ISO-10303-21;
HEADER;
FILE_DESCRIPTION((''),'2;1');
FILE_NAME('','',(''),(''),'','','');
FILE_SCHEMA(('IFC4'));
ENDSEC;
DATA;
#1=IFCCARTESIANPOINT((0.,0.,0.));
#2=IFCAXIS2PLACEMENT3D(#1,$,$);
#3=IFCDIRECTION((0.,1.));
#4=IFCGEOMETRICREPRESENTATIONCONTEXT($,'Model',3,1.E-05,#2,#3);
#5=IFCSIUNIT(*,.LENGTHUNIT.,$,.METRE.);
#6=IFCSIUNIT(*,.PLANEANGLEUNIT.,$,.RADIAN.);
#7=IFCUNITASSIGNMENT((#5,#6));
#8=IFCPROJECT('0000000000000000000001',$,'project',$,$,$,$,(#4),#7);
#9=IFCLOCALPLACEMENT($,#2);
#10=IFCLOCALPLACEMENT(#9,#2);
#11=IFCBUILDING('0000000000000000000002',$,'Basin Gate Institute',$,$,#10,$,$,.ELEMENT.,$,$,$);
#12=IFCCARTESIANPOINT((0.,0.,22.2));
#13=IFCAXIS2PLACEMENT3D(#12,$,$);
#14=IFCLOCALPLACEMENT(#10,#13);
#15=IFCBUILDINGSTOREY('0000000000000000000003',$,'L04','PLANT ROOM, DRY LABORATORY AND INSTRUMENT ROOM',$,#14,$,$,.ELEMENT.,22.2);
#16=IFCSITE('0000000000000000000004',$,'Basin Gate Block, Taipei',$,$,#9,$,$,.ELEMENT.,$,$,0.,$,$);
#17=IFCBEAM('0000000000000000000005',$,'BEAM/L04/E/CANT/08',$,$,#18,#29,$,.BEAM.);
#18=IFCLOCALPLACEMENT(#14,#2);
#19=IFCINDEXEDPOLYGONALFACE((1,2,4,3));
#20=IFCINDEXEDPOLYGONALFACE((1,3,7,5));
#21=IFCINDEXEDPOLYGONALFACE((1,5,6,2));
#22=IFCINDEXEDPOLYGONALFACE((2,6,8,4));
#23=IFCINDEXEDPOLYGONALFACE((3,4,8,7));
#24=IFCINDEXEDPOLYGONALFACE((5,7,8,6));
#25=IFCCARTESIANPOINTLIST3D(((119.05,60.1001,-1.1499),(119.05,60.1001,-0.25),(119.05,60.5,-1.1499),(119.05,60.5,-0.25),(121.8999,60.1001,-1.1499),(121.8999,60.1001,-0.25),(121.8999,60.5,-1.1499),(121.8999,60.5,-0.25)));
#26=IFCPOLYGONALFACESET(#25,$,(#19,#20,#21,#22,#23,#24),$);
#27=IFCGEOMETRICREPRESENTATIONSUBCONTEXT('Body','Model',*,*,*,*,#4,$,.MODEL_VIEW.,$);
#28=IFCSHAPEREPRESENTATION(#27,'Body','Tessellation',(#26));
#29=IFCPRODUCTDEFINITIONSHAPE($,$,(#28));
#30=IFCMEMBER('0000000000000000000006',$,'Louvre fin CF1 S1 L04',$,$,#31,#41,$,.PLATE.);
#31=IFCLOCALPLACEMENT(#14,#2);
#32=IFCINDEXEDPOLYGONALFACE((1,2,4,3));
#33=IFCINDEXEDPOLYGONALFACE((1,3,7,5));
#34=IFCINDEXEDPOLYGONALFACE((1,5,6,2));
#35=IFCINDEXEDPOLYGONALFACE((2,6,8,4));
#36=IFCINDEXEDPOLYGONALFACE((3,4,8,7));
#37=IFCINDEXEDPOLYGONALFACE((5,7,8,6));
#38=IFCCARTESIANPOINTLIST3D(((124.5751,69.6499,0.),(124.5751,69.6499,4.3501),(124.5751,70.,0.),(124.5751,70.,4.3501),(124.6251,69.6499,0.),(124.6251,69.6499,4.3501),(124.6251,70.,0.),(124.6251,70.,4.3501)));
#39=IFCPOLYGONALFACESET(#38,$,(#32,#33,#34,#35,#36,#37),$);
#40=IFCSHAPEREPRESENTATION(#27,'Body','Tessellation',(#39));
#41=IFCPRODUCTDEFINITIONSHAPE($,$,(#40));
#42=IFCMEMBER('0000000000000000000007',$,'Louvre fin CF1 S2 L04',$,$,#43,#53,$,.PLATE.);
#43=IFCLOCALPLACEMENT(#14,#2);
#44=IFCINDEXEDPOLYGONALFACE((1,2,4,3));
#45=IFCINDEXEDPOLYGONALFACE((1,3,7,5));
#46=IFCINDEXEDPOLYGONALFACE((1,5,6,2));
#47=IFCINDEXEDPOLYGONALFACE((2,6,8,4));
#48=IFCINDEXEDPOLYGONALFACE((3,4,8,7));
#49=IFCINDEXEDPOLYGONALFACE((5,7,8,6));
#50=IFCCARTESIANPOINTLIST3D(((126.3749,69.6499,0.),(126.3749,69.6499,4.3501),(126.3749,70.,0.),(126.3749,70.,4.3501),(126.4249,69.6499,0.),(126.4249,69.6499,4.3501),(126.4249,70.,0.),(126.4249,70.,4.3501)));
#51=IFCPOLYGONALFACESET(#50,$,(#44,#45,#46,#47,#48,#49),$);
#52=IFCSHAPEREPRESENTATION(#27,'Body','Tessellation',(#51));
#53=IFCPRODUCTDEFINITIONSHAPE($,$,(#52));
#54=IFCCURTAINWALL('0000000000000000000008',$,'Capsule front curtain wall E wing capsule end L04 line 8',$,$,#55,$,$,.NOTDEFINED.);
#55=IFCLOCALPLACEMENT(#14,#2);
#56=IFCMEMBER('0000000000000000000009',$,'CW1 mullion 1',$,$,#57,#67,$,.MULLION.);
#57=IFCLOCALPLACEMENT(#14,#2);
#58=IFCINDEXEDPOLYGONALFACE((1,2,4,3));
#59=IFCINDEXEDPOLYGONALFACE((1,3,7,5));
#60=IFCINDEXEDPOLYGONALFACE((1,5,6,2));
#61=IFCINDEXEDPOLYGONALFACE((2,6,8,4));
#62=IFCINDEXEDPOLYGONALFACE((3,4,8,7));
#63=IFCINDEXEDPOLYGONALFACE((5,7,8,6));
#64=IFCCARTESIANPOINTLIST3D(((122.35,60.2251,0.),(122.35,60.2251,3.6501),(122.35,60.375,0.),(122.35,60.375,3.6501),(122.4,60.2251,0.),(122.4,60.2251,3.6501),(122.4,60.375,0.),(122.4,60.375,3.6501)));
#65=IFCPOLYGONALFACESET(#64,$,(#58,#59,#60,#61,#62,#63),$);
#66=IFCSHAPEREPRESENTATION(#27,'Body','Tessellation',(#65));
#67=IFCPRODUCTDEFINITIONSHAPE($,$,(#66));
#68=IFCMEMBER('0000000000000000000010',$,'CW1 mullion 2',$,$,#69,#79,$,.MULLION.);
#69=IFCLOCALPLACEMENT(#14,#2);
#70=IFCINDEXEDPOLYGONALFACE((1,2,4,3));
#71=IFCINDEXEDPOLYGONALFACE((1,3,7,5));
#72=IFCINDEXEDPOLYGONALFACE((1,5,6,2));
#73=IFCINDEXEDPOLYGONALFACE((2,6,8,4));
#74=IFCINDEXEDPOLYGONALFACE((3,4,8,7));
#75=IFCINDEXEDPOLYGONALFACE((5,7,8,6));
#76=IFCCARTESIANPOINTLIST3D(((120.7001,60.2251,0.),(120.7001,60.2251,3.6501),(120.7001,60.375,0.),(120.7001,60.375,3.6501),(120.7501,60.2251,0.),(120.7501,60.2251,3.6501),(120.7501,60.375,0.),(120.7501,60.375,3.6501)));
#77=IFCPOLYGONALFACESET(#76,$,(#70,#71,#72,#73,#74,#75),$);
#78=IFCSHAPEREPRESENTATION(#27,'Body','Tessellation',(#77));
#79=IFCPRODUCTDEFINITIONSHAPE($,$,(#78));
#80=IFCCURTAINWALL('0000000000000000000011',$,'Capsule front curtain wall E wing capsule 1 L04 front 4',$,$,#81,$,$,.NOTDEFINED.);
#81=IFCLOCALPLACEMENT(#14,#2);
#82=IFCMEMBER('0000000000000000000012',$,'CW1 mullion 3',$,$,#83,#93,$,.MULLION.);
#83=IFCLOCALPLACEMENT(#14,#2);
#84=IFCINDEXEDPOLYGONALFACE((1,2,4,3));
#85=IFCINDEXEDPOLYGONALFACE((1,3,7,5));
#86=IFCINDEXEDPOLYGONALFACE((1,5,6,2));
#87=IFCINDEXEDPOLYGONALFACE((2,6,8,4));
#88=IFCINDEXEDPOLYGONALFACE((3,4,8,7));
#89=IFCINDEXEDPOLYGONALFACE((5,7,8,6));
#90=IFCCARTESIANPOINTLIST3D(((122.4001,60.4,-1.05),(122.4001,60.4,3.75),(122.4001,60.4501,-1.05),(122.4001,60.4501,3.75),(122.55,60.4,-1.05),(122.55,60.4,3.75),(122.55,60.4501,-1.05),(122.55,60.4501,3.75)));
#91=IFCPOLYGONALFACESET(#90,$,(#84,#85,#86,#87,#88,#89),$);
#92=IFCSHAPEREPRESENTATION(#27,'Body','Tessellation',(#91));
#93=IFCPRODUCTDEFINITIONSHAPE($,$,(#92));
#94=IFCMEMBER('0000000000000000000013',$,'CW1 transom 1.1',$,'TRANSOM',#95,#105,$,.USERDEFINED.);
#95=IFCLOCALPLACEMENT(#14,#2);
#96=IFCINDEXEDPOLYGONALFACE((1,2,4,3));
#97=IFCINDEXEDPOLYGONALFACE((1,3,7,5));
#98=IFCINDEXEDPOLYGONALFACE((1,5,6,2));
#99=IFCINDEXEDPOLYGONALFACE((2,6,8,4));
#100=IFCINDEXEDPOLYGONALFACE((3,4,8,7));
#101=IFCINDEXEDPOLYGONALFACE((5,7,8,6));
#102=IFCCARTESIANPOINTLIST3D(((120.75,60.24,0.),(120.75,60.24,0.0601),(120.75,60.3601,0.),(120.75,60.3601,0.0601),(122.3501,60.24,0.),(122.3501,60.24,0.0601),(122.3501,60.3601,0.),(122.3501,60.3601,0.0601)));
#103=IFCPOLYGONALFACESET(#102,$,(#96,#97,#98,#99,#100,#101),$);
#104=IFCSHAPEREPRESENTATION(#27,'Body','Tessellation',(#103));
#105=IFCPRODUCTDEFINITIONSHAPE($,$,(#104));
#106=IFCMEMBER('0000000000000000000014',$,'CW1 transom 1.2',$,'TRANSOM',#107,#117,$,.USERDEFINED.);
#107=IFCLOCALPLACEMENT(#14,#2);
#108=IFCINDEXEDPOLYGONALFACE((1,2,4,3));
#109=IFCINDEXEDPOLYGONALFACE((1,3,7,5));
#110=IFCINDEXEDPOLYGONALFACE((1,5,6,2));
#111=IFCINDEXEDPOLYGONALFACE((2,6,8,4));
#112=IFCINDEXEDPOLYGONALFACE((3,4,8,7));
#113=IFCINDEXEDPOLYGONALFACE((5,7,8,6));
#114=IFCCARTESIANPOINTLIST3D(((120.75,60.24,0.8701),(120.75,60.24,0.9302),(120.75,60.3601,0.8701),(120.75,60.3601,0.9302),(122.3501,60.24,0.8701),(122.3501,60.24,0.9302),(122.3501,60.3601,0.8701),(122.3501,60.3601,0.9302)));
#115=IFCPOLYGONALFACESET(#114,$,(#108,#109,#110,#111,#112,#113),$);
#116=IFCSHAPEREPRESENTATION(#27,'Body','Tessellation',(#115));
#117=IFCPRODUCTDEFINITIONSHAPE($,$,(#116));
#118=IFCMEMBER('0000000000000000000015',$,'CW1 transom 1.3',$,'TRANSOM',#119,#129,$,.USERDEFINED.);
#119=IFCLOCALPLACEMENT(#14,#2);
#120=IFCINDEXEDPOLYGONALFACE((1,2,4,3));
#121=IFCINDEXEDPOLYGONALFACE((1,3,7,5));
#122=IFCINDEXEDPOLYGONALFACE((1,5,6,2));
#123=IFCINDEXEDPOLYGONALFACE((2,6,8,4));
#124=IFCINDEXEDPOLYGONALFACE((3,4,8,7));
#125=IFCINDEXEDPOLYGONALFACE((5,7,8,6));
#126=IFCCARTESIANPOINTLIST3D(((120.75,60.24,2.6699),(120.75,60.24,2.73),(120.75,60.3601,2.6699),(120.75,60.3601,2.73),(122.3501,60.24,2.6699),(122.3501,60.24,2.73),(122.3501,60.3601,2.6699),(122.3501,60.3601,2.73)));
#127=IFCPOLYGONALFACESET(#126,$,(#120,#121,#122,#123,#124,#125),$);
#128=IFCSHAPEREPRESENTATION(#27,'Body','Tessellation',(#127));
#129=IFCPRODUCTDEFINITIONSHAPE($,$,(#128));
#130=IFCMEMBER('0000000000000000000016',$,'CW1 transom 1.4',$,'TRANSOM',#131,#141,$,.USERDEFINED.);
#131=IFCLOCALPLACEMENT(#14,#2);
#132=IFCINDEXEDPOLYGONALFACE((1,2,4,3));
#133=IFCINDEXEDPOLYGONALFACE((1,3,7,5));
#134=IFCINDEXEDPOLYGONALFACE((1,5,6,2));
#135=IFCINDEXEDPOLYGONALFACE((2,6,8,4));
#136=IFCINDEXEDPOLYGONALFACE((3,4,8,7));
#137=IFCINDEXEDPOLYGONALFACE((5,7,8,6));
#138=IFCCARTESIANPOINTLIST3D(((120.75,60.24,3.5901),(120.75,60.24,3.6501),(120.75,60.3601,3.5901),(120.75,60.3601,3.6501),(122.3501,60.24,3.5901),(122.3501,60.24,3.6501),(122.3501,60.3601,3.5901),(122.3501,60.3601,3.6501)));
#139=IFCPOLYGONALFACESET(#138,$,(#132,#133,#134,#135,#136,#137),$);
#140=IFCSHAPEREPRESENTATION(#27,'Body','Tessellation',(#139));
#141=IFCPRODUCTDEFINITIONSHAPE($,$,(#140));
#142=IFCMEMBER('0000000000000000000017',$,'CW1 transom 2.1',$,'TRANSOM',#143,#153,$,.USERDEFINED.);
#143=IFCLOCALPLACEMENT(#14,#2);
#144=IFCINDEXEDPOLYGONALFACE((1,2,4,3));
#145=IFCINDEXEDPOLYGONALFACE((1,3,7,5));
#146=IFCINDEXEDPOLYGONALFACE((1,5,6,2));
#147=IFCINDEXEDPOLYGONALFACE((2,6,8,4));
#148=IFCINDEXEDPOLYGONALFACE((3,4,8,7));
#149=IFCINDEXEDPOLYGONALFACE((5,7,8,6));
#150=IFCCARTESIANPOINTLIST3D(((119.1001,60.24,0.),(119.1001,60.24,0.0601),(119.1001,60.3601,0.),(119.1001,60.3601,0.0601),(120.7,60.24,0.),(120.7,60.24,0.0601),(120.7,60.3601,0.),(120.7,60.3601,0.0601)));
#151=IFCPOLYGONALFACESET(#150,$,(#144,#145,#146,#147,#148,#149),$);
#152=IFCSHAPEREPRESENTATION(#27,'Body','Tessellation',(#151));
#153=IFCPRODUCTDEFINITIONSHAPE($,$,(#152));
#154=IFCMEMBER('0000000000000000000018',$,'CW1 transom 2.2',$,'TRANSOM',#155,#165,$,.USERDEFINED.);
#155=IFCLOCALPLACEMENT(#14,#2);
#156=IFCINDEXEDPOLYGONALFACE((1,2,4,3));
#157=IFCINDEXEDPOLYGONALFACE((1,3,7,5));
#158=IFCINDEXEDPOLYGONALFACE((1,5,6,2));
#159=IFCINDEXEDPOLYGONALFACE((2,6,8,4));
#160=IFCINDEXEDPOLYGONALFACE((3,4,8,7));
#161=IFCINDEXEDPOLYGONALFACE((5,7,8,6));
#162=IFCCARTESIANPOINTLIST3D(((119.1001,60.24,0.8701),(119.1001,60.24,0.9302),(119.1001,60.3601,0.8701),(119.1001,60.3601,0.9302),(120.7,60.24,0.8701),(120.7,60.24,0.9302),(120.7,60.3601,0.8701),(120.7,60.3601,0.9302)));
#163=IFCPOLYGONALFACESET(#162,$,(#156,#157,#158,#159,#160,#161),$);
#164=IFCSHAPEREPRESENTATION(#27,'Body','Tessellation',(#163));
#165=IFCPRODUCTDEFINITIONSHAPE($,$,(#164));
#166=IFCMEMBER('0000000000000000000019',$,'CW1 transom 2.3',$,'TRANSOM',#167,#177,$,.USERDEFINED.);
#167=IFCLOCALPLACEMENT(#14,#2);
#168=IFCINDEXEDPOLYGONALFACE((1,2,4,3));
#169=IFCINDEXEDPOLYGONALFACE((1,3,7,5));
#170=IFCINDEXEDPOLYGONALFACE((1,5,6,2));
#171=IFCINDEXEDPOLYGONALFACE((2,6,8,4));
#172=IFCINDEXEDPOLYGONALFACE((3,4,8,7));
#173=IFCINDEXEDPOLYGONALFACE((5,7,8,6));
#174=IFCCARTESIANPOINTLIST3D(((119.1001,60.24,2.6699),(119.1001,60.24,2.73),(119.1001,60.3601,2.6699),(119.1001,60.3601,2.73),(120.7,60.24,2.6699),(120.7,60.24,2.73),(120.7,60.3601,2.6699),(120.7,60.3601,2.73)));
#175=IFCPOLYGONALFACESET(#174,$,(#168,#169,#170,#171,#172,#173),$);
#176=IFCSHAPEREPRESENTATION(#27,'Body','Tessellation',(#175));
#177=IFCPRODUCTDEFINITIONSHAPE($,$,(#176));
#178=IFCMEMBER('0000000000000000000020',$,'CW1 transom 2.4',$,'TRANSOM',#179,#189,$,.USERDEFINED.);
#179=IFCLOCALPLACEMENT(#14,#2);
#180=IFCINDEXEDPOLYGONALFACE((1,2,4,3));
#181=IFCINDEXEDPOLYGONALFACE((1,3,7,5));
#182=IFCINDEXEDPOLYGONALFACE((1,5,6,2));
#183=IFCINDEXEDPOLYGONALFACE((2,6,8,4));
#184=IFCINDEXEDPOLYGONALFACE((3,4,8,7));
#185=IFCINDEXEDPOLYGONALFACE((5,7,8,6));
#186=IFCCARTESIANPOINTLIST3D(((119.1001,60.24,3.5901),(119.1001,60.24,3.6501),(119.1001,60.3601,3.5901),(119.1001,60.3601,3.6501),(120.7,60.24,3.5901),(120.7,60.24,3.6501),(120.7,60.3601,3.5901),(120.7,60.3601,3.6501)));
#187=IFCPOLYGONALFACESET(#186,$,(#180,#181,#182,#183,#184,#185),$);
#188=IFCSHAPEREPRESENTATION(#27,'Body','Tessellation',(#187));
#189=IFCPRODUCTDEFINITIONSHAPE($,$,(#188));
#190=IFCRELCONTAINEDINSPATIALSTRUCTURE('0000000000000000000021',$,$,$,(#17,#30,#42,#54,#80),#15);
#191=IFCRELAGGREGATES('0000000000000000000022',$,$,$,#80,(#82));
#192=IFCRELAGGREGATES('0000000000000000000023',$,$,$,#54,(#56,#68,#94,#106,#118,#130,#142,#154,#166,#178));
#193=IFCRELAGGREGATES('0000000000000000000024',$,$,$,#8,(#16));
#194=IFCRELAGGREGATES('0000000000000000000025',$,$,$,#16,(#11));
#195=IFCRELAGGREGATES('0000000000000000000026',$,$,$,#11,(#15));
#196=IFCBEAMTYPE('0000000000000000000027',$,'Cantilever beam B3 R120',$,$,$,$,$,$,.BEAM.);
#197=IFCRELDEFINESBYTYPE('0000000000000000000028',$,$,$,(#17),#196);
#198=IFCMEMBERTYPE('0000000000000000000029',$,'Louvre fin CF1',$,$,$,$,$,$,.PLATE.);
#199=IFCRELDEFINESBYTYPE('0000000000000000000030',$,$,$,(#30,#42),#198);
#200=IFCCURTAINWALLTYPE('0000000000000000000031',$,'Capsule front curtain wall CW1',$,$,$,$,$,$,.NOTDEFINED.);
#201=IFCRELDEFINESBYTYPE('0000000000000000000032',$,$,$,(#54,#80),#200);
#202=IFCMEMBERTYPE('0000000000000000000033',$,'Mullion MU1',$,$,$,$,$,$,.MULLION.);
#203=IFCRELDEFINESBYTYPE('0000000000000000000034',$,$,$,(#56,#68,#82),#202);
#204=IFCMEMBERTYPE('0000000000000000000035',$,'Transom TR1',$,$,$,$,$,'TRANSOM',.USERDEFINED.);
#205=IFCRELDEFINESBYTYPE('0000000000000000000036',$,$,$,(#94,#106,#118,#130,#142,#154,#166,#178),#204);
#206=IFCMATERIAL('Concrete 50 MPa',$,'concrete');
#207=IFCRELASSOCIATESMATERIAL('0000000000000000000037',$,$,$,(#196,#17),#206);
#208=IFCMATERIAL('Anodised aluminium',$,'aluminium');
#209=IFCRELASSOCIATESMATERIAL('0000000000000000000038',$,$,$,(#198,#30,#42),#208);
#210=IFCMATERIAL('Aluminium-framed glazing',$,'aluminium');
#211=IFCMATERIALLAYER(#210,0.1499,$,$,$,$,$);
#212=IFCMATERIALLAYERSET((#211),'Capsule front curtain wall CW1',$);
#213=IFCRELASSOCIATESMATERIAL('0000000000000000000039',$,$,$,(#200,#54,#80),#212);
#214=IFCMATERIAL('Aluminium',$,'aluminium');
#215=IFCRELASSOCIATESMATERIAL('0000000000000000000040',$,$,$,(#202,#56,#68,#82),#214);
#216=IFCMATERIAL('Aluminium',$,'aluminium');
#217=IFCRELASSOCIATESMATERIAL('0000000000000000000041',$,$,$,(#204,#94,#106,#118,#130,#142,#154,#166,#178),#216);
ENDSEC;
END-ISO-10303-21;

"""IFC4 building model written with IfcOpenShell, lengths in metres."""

from ifc_helpers import new_model, si_unit, direction, frame, origin, origin_2d, place, context, subcontext, project, spatial, rectangle, extrude, material, layer, layer_set, material_profile, profile_set, type_object, element, aggregate, save


model = new_model("IFC4")

# Units and contexts
model_context = context("Model", 3, precision=1e-05, world=origin(), true_north=direction((0.0, 1.0)))
body_context = subcontext(model_context, "Body", "Model", "MODEL_VIEW")
ifc_project = project(units=[si_unit("LENGTHUNIT", "METRE"), si_unit("PLANEANGLEUNIT", "RADIAN")], contexts=[model_context])

# Site, building, storey
site_placement = place(None, origin())
site = spatial("IfcSite", under=ifc_project, at=site_placement, Name="Basin Gate Block, Taipei", CompositionType="ELEMENT", RefElevation=0.0)
building_placement = place(site_placement, origin())
building = spatial("IfcBuilding", under=site, at=building_placement, Name="Basin Gate Institute", CompositionType="ELEMENT")
storey_placement = place(building_placement, frame((0.0, 0.0, 22.2)))
storey = spatial("IfcBuildingStorey", under=building, at=storey_placement, Name="L04", Description="PLANT ROOM, DRY LABORATORY AND INSTRUMENT ROOM", CompositionType="ELEMENT", Elevation=22.2)

# Beam
ifc_material_1 = material(Name="Concrete 50 MPa", Category="concrete")
ifc_material_profile_1 = material_profile(ifc_material_1, rectangle(XDim=0.3999, YDim=0.8999, at=origin_2d()), Name="Cantilever beam B3 400 x 900")
ifc_profile_set_1 = profile_set([ifc_material_profile_1], Name="Concrete 50 MPa")
beam_type = type_object("IfcBeamType", Name="Cantilever beam B3 R120", PredefinedType="BEAM", material=ifc_profile_set_1)
beam_placement = place(storey_placement, frame((121.8999, 60.3, -0.7), z_axis=(-1.0, 0.0, 0.0), x_axis=(0.0, -1.0, 0.0)))
element("IfcBeam", 1, at=beam_placement, inside=storey, type_object=beam_type, material=ifc_profile_set_1, Name="BEAM/L04/E/CANT/08", PredefinedType="BEAM", context=body_context, shape_type="SweptSolid", body=[
    extrude(rectangle(XDim=0.3999, YDim=0.8999, at=origin_2d()), origin(), (0.0, 0.0, 1.0), 2.8499),
])

# Members
ifc_material_2 = material(Name="Anodised aluminium", Category="aluminium")
ifc_material_profile_2 = material_profile(ifc_material_2, rectangle(XDim=0.05, YDim=0.3501, at=origin_2d()), Name="Louvre fin CF1 50 x 350")
ifc_profile_set_2 = profile_set([ifc_material_profile_2], Name="Anodised aluminium")
member_type_1 = type_object("IfcMemberType", Name="Louvre fin CF1", PredefinedType="PLATE", material=ifc_profile_set_2)
for number, where, z_axis, x_axis, name in (
    (2, (124.6001, 69.825, 0.0), (0.0, 0.0, 1.0), (1.0, 0.0, 0.0), "Louvre fin CF1 S1 L04"),
    (3, (126.3999, 69.825, 0.0), (0.0, 0.0, 1.0), (1.0, 0.0, 0.0), "Louvre fin CF1 S2 L04"),
):
    element("IfcMember", number, at=place(storey_placement, frame(where, z_axis=z_axis, x_axis=x_axis)), inside=storey, type_object=member_type_1, material=ifc_profile_set_2, Name=name, PredefinedType="PLATE", context=body_context, shape_type="SweptSolid", body=[
        extrude(rectangle(XDim=0.05, YDim=0.3501, at=origin_2d()), origin(), (0.0, 0.0, 1.0), 4.3501),
    ])

# Curtain wall, members
ifc_material_3 = material(Name="Aluminium-framed glazing", Category="aluminium")
ifc_layer_1 = layer(ifc_material_3, 0.1499)
ifc_layer_set_1 = layer_set([ifc_layer_1], Name="Capsule front curtain wall CW1")
curtain_wall_type = type_object("IfcCurtainWallType", Name="Capsule front curtain wall CW1", PredefinedType="NOTDEFINED", material=ifc_layer_set_1)
curtain_wall_1_placement = place(storey_placement, origin())
curtain_wall_1 = element("IfcCurtainWall", 4, at=curtain_wall_1_placement, inside=storey, type_object=curtain_wall_type, material=ifc_layer_set_1, Name="Capsule front curtain wall E wing capsule end L04 line 8", PredefinedType="NOTDEFINED")
ifc_material_4 = material(Name="Aluminium", Category="aluminium")
ifc_material_profile_3 = material_profile(ifc_material_4, rectangle(XDim=0.1499, YDim=0.05, at=origin_2d()), Name="Mullion MU1 150 x 50")
ifc_profile_set_3 = profile_set([ifc_material_profile_3], Name="Aluminium")
member_type_2 = type_object("IfcMemberType", Name="Mullion MU1", PredefinedType="MULLION", material=ifc_profile_set_3)
member_1_placement = place(storey_placement, frame((122.375, 60.3, 0.0), z_axis=(0.0, 0.0, 1.0), x_axis=(0.0, -1.0, 0.0)))
member_1 = element("IfcMember", 5, at=member_1_placement, type_object=member_type_2, material=ifc_profile_set_3, Name="CW1 mullion 1", PredefinedType="MULLION", context=body_context, shape_type="SweptSolid", body=[
    extrude(rectangle(XDim=0.1499, YDim=0.05, at=origin_2d()), origin(), (0.0, 0.0, 1.0), 3.6501),
])
member_2_placement = place(storey_placement, frame((120.7251, 60.3, 0.0), z_axis=(0.0, 0.0, 1.0), x_axis=(0.0, -1.0, 0.0)))
member_2 = element("IfcMember", 6, at=member_2_placement, type_object=member_type_2, material=ifc_profile_set_3, Name="CW1 mullion 2", PredefinedType="MULLION", context=body_context, shape_type="SweptSolid", body=[
    extrude(rectangle(XDim=0.1499, YDim=0.05, at=origin_2d()), origin(), (0.0, 0.0, 1.0), 3.6501),
])

# Curtain wall, member
curtain_wall_2_placement = place(storey_placement, origin())
curtain_wall_2 = element("IfcCurtainWall", 7, at=curtain_wall_2_placement, inside=storey, type_object=curtain_wall_type, material=ifc_layer_set_1, Name="Capsule front curtain wall E wing capsule 1 L04 front 4", PredefinedType="NOTDEFINED")
member_3_placement = place(storey_placement, frame((122.4751, 60.425, -1.05), z_axis=(0.0, 0.0, 1.0), x_axis=(-1.0, 0.0, 0.0)))
member_3 = element("IfcMember", 8, at=member_3_placement, type_object=member_type_2, material=ifc_profile_set_3, Name="CW1 mullion 3", PredefinedType="MULLION", context=body_context, shape_type="SweptSolid", body=[
    extrude(rectangle(XDim=0.1499, YDim=0.05, at=origin_2d()), origin(), (0.0, 0.0, 1.0), 4.8),
])
aggregate(curtain_wall_2, [member_3])

# Members
ifc_material_5 = material(Name="Aluminium", Category="aluminium")
ifc_material_profile_4 = material_profile(ifc_material_5, rectangle(XDim=0.1201, YDim=0.0601, at=origin_2d()), Name="Transom TR1 120 x 60")
ifc_profile_set_4 = profile_set([ifc_material_profile_4], Name="Aluminium")
member_type_3 = type_object("IfcMemberType", Name="Transom TR1", ElementType="TRANSOM", PredefinedType="USERDEFINED", material=ifc_profile_set_4)
member_4_placement = place(storey_placement, frame((122.3501, 60.3, 0.03), z_axis=(-1.0, 0.0, 0.0), x_axis=(0.0, -1.0, 0.0)))
member_4 = element("IfcMember", 9, at=member_4_placement, type_object=member_type_3, material=ifc_profile_set_4, Name="CW1 transom 1.1", ObjectType="TRANSOM", PredefinedType="USERDEFINED", context=body_context, shape_type="SweptSolid", body=[
    extrude(rectangle(XDim=0.1201, YDim=0.0601, at=origin_2d()), origin(), (0.0, 0.0, 1.0), 1.6001),
])
member_5_placement = place(storey_placement, frame((122.3501, 60.3, 0.9001), z_axis=(-1.0, 0.0, 0.0), x_axis=(0.0, -1.0, 0.0)))
member_5 = element("IfcMember", 10, at=member_5_placement, type_object=member_type_3, material=ifc_profile_set_4, Name="CW1 transom 1.2", ObjectType="TRANSOM", PredefinedType="USERDEFINED", context=body_context, shape_type="SweptSolid", body=[
    extrude(rectangle(XDim=0.1201, YDim=0.0601, at=origin_2d()), origin(), (0.0, 0.0, 1.0), 1.6001),
])
member_6_placement = place(storey_placement, frame((122.3501, 60.3, 2.7), z_axis=(-1.0, 0.0, 0.0), x_axis=(0.0, -1.0, 0.0)))
member_6 = element("IfcMember", 11, at=member_6_placement, type_object=member_type_3, material=ifc_profile_set_4, Name="CW1 transom 1.3", ObjectType="TRANSOM", PredefinedType="USERDEFINED", context=body_context, shape_type="SweptSolid", body=[
    extrude(rectangle(XDim=0.1201, YDim=0.0601, at=origin_2d()), origin(), (0.0, 0.0, 1.0), 1.6001),
])
member_7_placement = place(storey_placement, frame((122.3501, 60.3, 3.6201), z_axis=(-1.0, 0.0, 0.0), x_axis=(0.0, -1.0, 0.0)))
member_7 = element("IfcMember", 12, at=member_7_placement, type_object=member_type_3, material=ifc_profile_set_4, Name="CW1 transom 1.4", ObjectType="TRANSOM", PredefinedType="USERDEFINED", context=body_context, shape_type="SweptSolid", body=[
    extrude(rectangle(XDim=0.1201, YDim=0.0601, at=origin_2d()), origin(), (0.0, 0.0, 1.0), 1.6001),
])
member_8_placement = place(storey_placement, frame((120.7, 60.3, 0.03), z_axis=(-1.0, 0.0, 0.0), x_axis=(0.0, -1.0, 0.0)))
member_8 = element("IfcMember", 13, at=member_8_placement, type_object=member_type_3, material=ifc_profile_set_4, Name="CW1 transom 2.1", ObjectType="TRANSOM", PredefinedType="USERDEFINED", context=body_context, shape_type="SweptSolid", body=[
    extrude(rectangle(XDim=0.1201, YDim=0.0601, at=origin_2d()), origin(), (0.0, 0.0, 1.0), 1.5999),
])
member_9_placement = place(storey_placement, frame((120.7, 60.3, 0.9001), z_axis=(-1.0, 0.0, 0.0), x_axis=(0.0, -1.0, 0.0)))
member_9 = element("IfcMember", 14, at=member_9_placement, type_object=member_type_3, material=ifc_profile_set_4, Name="CW1 transom 2.2", ObjectType="TRANSOM", PredefinedType="USERDEFINED", context=body_context, shape_type="SweptSolid", body=[
    extrude(rectangle(XDim=0.1201, YDim=0.0601, at=origin_2d()), origin(), (0.0, 0.0, 1.0), 1.5999),
])
member_10_placement = place(storey_placement, frame((120.7, 60.3, 2.7), z_axis=(-1.0, 0.0, 0.0), x_axis=(0.0, -1.0, 0.0)))
member_10 = element("IfcMember", 15, at=member_10_placement, type_object=member_type_3, material=ifc_profile_set_4, Name="CW1 transom 2.3", ObjectType="TRANSOM", PredefinedType="USERDEFINED", context=body_context, shape_type="SweptSolid", body=[
    extrude(rectangle(XDim=0.1201, YDim=0.0601, at=origin_2d()), origin(), (0.0, 0.0, 1.0), 1.5999),
])
member_11_placement = place(storey_placement, frame((120.7, 60.3, 3.6201), z_axis=(-1.0, 0.0, 0.0), x_axis=(0.0, -1.0, 0.0)))
member_11 = element("IfcMember", 16, at=member_11_placement, type_object=member_type_3, material=ifc_profile_set_4, Name="CW1 transom 2.4", ObjectType="TRANSOM", PredefinedType="USERDEFINED", context=body_context, shape_type="SweptSolid", body=[
    extrude(rectangle(XDim=0.1201, YDim=0.0601, at=origin_2d()), origin(), (0.0, 0.0, 1.0), 1.5999),
])

aggregate(curtain_wall_1, [member_1, member_2, member_4, member_5, member_6, member_7, member_8, member_9, member_10, member_11])

save(model, "model.ifc")
